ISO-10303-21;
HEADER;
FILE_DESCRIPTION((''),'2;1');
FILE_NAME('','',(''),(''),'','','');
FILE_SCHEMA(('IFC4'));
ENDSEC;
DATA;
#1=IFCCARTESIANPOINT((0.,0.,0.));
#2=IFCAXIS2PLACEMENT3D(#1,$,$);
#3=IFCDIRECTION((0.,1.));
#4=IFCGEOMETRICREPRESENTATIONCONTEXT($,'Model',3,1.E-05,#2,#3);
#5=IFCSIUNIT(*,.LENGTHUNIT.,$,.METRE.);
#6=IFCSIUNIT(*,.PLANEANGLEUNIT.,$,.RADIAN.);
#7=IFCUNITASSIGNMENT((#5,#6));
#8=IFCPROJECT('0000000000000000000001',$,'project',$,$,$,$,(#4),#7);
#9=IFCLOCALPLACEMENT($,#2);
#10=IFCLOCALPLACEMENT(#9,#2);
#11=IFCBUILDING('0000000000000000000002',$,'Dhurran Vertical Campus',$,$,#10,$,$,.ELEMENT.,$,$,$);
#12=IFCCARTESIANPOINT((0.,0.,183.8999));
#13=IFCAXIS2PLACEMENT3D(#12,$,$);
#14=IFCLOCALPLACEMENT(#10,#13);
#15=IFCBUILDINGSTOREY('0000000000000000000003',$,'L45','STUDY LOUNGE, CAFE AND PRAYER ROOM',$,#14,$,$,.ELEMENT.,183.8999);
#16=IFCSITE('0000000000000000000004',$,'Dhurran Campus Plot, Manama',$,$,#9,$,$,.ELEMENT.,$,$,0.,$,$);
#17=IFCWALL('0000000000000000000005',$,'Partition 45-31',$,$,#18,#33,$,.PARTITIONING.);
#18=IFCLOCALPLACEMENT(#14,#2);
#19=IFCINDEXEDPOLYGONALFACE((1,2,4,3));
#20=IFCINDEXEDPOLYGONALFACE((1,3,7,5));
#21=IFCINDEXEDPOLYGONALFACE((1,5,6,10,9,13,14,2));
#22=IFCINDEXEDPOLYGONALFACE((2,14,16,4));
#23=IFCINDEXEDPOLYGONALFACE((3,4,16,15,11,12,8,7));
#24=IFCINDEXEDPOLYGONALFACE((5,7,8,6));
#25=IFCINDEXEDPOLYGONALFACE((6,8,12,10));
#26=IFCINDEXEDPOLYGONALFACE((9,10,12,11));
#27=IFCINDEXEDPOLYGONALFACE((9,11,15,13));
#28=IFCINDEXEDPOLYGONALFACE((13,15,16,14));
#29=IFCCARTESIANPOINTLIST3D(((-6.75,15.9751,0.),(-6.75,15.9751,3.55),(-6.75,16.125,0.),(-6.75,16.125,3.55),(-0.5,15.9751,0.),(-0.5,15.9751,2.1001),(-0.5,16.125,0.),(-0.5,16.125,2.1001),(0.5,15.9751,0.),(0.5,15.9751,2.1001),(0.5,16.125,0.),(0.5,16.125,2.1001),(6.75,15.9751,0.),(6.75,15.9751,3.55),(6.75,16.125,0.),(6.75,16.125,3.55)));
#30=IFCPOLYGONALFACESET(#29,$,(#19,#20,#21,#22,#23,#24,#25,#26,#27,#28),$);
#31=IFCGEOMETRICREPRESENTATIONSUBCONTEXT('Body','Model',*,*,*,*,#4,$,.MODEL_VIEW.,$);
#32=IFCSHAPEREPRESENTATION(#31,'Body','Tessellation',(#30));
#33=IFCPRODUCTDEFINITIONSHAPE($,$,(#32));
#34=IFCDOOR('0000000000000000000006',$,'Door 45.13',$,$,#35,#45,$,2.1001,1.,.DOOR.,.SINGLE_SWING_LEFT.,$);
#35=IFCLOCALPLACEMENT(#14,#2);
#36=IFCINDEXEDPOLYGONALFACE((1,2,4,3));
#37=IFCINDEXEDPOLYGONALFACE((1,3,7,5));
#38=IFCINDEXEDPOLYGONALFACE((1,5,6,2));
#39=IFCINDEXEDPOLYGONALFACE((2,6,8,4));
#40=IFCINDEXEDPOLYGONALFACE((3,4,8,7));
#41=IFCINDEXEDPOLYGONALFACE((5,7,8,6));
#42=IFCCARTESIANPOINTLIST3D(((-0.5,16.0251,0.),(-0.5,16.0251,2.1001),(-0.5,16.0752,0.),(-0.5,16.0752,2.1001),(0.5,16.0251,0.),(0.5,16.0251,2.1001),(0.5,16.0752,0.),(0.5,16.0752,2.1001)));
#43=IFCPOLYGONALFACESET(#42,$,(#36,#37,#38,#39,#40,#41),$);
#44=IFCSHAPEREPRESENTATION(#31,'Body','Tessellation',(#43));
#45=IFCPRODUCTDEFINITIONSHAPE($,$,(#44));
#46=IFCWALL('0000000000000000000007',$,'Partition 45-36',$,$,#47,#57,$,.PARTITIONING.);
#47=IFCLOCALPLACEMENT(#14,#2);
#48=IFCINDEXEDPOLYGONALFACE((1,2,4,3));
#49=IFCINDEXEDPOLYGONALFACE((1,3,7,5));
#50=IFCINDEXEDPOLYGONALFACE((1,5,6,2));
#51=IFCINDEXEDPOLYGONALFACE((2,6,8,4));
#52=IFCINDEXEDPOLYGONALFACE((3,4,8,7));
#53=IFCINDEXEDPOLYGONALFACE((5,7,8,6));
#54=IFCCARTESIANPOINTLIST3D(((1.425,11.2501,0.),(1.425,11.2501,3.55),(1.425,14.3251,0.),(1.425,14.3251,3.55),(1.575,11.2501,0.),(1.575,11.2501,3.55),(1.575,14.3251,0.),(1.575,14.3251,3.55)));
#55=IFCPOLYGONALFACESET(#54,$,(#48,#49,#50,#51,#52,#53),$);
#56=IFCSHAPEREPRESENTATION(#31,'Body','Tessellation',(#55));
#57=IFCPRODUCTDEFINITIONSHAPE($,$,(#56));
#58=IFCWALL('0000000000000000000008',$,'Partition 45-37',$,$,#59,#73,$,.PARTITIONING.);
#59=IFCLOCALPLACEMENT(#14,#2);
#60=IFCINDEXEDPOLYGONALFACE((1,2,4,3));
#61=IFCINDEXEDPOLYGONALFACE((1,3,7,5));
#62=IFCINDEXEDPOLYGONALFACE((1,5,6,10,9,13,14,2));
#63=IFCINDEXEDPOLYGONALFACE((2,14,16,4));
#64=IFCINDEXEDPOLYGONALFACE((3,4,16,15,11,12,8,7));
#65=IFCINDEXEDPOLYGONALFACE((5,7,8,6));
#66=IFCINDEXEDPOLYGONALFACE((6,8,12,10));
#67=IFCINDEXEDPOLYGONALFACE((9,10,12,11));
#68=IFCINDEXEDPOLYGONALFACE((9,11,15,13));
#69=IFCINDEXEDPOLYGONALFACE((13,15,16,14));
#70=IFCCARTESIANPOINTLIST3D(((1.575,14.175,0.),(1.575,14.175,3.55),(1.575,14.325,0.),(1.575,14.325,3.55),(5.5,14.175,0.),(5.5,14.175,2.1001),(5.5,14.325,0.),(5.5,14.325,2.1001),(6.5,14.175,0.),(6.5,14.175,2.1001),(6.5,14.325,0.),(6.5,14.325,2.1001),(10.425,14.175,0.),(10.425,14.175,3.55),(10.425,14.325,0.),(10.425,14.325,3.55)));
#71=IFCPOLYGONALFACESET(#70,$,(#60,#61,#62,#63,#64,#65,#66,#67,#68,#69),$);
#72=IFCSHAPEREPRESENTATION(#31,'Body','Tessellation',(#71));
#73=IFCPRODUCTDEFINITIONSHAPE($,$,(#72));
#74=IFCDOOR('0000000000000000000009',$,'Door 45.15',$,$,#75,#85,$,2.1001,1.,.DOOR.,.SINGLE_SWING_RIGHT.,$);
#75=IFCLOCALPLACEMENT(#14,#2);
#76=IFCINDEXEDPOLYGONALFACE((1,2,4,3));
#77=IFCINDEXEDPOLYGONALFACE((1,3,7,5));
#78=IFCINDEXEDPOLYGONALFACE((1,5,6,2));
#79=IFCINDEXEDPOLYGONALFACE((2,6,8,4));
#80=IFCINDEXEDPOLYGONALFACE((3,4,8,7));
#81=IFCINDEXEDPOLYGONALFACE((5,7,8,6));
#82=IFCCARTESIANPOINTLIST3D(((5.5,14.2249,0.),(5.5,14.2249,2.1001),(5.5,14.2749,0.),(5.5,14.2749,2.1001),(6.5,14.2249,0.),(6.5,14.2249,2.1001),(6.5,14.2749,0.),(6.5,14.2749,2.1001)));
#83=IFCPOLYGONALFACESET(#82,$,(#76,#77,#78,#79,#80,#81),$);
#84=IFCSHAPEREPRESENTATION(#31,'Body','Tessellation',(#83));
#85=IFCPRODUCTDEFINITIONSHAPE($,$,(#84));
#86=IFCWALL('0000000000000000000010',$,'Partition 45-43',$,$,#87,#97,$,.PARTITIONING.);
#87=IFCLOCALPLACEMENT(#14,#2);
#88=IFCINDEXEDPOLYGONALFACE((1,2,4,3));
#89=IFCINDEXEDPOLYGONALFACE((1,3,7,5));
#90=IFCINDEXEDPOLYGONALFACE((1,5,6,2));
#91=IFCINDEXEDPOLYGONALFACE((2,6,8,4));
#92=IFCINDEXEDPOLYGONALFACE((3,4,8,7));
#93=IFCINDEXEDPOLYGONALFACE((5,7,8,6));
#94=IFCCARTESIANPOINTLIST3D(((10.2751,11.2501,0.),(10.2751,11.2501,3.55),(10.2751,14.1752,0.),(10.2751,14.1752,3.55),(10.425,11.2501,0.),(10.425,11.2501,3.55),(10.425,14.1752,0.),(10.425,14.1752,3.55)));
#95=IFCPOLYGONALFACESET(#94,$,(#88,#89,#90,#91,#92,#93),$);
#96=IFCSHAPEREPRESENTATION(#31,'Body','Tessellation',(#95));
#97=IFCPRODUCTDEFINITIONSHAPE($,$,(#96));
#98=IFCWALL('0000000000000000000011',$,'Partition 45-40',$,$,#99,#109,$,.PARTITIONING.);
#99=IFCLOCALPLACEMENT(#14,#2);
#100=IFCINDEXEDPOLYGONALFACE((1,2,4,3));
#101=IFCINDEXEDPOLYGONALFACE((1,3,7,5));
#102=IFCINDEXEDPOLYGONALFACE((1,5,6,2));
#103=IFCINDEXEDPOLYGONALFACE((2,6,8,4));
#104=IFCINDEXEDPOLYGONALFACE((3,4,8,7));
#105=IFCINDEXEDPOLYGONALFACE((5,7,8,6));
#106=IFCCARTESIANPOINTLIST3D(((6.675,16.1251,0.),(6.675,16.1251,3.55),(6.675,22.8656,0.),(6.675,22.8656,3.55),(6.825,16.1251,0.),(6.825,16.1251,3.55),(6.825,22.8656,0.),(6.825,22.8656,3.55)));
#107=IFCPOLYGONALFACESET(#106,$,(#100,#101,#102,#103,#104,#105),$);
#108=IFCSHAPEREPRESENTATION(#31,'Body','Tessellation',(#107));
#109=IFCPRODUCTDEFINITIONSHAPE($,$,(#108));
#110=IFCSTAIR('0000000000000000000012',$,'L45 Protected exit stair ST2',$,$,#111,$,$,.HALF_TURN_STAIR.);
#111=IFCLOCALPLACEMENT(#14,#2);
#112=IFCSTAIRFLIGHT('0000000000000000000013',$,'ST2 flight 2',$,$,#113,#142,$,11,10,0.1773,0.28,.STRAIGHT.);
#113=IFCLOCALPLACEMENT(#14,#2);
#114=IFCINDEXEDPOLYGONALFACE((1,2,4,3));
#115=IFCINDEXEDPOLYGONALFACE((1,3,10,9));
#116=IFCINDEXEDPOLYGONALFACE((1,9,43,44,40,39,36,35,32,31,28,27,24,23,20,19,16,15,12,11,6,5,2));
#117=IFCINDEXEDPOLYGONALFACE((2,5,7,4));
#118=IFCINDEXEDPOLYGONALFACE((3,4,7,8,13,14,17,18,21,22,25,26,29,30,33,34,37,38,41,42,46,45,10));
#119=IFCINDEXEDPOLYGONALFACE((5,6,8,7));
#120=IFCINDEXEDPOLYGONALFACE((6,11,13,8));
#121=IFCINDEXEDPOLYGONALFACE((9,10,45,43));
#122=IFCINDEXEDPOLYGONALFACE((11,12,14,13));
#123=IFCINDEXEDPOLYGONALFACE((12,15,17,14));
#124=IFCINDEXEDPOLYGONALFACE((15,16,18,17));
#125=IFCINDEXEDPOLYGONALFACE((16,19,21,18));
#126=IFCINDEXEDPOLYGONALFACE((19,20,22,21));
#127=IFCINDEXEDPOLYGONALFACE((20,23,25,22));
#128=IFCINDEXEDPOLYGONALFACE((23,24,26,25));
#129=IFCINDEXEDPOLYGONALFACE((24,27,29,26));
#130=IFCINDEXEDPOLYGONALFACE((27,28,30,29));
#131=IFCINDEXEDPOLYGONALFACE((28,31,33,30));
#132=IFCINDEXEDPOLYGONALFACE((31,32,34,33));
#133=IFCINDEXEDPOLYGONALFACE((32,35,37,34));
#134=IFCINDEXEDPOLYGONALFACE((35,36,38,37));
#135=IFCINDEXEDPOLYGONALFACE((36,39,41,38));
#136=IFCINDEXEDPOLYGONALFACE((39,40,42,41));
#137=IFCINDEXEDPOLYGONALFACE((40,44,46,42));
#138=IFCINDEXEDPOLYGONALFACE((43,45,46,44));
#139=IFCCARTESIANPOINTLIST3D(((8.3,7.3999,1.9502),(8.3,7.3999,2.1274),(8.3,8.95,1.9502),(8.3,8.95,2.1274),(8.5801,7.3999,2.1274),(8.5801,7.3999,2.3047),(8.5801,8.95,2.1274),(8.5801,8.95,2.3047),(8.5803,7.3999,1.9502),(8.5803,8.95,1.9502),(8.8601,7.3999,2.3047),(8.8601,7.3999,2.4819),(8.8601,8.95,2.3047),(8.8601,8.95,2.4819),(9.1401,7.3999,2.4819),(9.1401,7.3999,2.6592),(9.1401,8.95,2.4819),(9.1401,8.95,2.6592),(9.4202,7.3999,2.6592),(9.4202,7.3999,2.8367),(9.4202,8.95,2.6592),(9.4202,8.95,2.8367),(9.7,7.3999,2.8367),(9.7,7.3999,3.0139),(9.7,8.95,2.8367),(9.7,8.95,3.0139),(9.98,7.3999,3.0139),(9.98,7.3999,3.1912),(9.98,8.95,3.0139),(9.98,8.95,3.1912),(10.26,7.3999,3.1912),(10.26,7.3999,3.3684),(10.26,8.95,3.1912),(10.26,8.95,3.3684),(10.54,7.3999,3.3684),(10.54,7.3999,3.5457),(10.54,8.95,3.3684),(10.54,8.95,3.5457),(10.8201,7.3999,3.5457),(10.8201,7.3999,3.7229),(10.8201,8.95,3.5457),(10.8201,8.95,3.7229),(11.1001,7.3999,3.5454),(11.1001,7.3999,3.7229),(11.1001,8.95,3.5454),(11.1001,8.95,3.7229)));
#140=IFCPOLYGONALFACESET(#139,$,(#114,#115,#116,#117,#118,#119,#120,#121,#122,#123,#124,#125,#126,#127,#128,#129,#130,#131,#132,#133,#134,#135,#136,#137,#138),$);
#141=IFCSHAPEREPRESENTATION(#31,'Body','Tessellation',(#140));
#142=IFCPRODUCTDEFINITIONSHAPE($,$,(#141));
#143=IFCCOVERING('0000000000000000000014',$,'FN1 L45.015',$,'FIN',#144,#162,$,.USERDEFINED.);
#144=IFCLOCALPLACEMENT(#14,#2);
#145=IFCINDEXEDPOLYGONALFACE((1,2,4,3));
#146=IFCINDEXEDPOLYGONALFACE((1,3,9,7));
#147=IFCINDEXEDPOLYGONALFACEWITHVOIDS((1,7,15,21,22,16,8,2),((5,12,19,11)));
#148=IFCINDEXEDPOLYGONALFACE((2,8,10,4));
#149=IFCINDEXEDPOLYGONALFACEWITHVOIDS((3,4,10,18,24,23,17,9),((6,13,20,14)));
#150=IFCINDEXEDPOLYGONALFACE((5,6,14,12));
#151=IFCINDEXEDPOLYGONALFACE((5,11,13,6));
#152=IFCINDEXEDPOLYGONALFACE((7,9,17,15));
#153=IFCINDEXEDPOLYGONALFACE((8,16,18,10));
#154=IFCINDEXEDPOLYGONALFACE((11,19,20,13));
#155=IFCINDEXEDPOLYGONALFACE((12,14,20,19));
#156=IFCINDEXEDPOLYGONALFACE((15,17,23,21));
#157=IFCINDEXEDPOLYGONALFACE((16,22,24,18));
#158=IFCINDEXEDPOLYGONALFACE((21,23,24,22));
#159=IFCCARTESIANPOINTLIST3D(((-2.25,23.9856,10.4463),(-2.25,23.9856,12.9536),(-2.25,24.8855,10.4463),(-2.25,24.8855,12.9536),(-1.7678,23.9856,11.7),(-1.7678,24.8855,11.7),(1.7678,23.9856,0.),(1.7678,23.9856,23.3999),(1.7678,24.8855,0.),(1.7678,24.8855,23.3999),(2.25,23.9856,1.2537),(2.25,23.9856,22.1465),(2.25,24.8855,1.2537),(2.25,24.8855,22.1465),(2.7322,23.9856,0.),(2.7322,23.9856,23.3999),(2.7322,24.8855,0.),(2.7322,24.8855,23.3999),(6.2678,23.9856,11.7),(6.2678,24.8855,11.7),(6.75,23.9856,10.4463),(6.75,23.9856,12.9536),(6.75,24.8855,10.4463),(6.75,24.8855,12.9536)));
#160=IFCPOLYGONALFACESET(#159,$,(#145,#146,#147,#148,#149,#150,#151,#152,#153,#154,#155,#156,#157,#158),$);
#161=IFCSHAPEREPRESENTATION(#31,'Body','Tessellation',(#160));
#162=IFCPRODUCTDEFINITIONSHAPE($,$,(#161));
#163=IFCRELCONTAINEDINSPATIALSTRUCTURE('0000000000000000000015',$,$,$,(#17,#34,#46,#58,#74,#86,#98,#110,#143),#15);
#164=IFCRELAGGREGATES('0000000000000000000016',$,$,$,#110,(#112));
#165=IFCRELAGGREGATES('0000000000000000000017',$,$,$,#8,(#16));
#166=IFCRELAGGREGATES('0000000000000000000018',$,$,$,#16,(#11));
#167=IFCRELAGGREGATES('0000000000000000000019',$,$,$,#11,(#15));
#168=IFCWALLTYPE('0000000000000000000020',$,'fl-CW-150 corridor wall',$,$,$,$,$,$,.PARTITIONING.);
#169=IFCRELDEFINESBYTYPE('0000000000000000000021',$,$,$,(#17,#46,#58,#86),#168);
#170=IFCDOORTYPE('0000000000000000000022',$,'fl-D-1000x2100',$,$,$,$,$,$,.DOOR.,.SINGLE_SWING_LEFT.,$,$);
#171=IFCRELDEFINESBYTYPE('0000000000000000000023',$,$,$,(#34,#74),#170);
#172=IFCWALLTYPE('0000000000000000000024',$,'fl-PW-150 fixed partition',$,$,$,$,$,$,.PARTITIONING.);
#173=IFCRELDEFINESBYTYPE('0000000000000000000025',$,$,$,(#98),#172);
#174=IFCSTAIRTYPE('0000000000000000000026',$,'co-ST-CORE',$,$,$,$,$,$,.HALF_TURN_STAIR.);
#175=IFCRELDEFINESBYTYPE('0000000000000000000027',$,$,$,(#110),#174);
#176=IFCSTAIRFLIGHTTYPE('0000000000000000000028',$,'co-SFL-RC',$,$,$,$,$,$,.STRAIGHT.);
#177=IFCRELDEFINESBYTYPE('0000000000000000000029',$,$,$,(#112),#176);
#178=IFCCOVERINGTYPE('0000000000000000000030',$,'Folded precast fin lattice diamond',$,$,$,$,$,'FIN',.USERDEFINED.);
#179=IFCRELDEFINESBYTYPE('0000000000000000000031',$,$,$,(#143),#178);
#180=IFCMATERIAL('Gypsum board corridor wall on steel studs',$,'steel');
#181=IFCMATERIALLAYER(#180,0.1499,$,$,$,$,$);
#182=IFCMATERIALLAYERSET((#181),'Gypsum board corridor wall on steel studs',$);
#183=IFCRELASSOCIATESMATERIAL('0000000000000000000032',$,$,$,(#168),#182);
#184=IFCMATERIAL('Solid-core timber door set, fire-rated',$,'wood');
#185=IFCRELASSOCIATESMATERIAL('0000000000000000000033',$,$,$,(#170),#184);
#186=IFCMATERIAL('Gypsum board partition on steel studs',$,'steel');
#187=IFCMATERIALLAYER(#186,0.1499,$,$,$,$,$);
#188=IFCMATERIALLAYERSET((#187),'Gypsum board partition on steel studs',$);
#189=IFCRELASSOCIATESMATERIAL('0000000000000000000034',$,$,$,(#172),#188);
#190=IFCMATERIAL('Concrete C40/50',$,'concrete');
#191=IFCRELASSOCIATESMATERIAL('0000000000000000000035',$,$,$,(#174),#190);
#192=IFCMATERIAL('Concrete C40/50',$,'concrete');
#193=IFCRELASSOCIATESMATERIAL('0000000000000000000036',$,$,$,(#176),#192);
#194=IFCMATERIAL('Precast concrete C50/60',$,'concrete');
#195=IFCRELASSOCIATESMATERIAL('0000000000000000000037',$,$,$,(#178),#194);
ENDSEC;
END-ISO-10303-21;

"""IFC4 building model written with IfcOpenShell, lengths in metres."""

from ifc_helpers import new_model, si_unit, direction, frame, frame_2d, origin, place, context, subcontext, project, spatial, polyline, rectangle, outline, extrude, material, layer, layer_set, type_object, element, fill, aggregate, save


model = new_model("IFC4")

# Units and contexts
model_context = context("Model", 3, precision=1e-05, world=origin(), true_north=direction((0.0, 1.0)))
body_context = subcontext(model_context, "Body", "Model", "MODEL_VIEW")
ifc_project = project(units=[si_unit("LENGTHUNIT", "METRE"), si_unit("PLANEANGLEUNIT", "RADIAN")], contexts=[model_context])

# Site, building, storey
site_placement = place(None, origin())
site = spatial("IfcSite", under=ifc_project, at=site_placement, Name="Dhurran Campus Plot, Manama", CompositionType="ELEMENT", RefElevation=0.0)
building_placement = place(site_placement, origin())
building = spatial("IfcBuilding", under=site, at=building_placement, Name="Dhurran Vertical Campus", CompositionType="ELEMENT")
storey_placement = place(building_placement, frame((0.0, 0.0, 183.8999)))
storey = spatial("IfcBuildingStorey", under=building, at=storey_placement, Name="L45", Description="STUDY LOUNGE, CAFE AND PRAYER ROOM", CompositionType="ELEMENT", Elevation=183.8999)

# Wall, opening, door
ifc_material_1 = material(Name="Gypsum board corridor wall on steel studs", Category="steel")
ifc_layer_1 = layer(ifc_material_1, 0.1499)
ifc_layer_set_1 = layer_set([ifc_layer_1], Name="Gypsum board corridor wall on steel studs")
wall_type_1 = type_object("IfcWallType", Name="fl-CW-150 corridor wall", PredefinedType="PARTITIONING", material=ifc_layer_set_1)
wall_1_placement = place(storey_placement, frame((6.75, 16.05, 0.0), z_axis=(0.0, 0.0, 1.0), x_axis=(-1.0, 0.0, 0.0)))
wall_1 = element("IfcWall", 1, at=wall_1_placement, inside=storey, type_object=wall_type_1, Name="Partition 45-31", PredefinedType="PARTITIONING", context=body_context, shape_type="SweptSolid", body=[
    extrude(rectangle(XDim=13.5, YDim=0.1499, at=frame_2d((6.75, 0.0))), origin(), (0.0, 0.0, 1.0), 3.55),
])
opening_1_placement = place(wall_1_placement, frame((6.25, 0.0, 0.0)))
opening_1 = element("IfcOpeningElement", 2, at=opening_1_placement, cuts=wall_1, PredefinedType="OPENING", context=body_context, shape_type="SweptSolid", body=[
    extrude(rectangle(XDim=1.0, YDim=2.1001, at=frame_2d((0.5, 1.05))), frame((0.0, 0.085, 0.0), z_axis=(0.0, -1.0, 0.0), x_axis=(1.0, 0.0, 0.0)), (0.0, 0.0, 1.0), 0.1699),
])
ifc_material_2 = material(Name="Solid-core timber door set, fire-rated", Category="wood")
door_type = type_object("IfcDoorType", Name="fl-D-1000x2100", OperationType="SINGLE_SWING_LEFT", PredefinedType="DOOR", material=ifc_material_2)
door_1_placement = place(opening_1_placement, origin())
door_1 = element("IfcDoor", 3, at=door_1_placement, inside=storey, type_object=door_type, Name="Door 45.13", OperationType="SINGLE_SWING_LEFT", OverallHeight=2.1001, OverallWidth=1.0, PredefinedType="DOOR", context=body_context, shape_type="SweptSolid", body=[
    extrude(rectangle(XDim=1.0, YDim=2.1001, at=frame_2d((0.5, 1.05))), frame((0.0, 0.0249, 0.0), z_axis=(0.0, -1.0, 0.0), x_axis=(1.0, 0.0, 0.0)), (0.0, 0.0, 1.0), 0.05),
])
fill(opening_1, door_1)

# Wall
wall_2_placement = place(storey_placement, frame((1.5, 11.25, 0.0), z_axis=(0.0, 0.0, 1.0), x_axis=(0.0, 1.0, 0.0)))
element("IfcWall", 4, at=wall_2_placement, inside=storey, type_object=wall_type_1, Name="Partition 45-36", PredefinedType="PARTITIONING", context=body_context, shape_type="SweptSolid", body=[
    extrude(rectangle(XDim=3.075, YDim=0.1499, at=frame_2d((1.5376, 0.0))), origin(), (0.0, 0.0, 1.0), 3.55),
])

# Wall, opening, door
wall_3_placement = place(storey_placement, frame((1.575, 14.25, 0.0), z_axis=(0.0, 0.0, 1.0), x_axis=(1.0, 0.0, 0.0)))
wall_3 = element("IfcWall", 5, at=wall_3_placement, inside=storey, type_object=wall_type_1, Name="Partition 45-37", PredefinedType="PARTITIONING", context=body_context, shape_type="SweptSolid", body=[
    extrude(rectangle(XDim=8.8501, YDim=0.1499, at=frame_2d((4.425, 0.0))), origin(), (0.0, 0.0, 1.0), 3.55),
])
opening_2_placement = place(wall_3_placement, frame((3.925, 0.0, 0.0)))
opening_2 = element("IfcOpeningElement", 6, at=opening_2_placement, cuts=wall_3, PredefinedType="OPENING", context=body_context, shape_type="SweptSolid", body=[
    extrude(rectangle(XDim=1.0, YDim=2.1001, at=frame_2d((0.5, 1.05))), frame((0.0, 0.085, 0.0), z_axis=(0.0, -1.0, 0.0), x_axis=(1.0, 0.0, 0.0)), (0.0, 0.0, 1.0), 0.1699),
])
door_2_placement = place(opening_2_placement, origin())
door_2 = element("IfcDoor", 7, at=door_2_placement, inside=storey, type_object=door_type, Name="Door 45.15", OperationType="SINGLE_SWING_RIGHT", OverallHeight=2.1001, OverallWidth=1.0, PredefinedType="DOOR", context=body_context, shape_type="SweptSolid", body=[
    extrude(rectangle(XDim=1.0, YDim=2.1001, at=frame_2d((0.5, 1.05))), frame((0.0, 0.0249, 0.0), z_axis=(0.0, -1.0, 0.0), x_axis=(1.0, 0.0, 0.0)), (0.0, 0.0, 1.0), 0.05),
])
fill(opening_2, door_2)

# Walls
wall_4_placement = place(storey_placement, frame((10.3501, 14.175, 0.0), z_axis=(0.0, 0.0, 1.0), x_axis=(0.0, -1.0, 0.0)))
element("IfcWall", 8, at=wall_4_placement, inside=storey, type_object=wall_type_1, Name="Partition 45-43", PredefinedType="PARTITIONING", context=body_context, shape_type="SweptSolid", body=[
    extrude(rectangle(XDim=2.925, YDim=0.1499, at=frame_2d((1.4624, 0.0))), origin(), (0.0, 0.0, 1.0), 3.55),
])
ifc_material_3 = material(Name="Gypsum board partition on steel studs", Category="steel")
ifc_layer_2 = layer(ifc_material_3, 0.1499)
ifc_layer_set_2 = layer_set([ifc_layer_2], Name="Gypsum board partition on steel studs")
wall_type_2 = type_object("IfcWallType", Name="fl-PW-150 fixed partition", PredefinedType="PARTITIONING", material=ifc_layer_set_2)
wall_5_placement = place(storey_placement, frame((6.75, 22.8655, 0.0), z_axis=(0.0, 0.0, 1.0), x_axis=(0.0, -1.0, 0.0)))
element("IfcWall", 9, at=wall_5_placement, inside=storey, type_object=wall_type_2, Name="Partition 45-40", PredefinedType="PARTITIONING", context=body_context, shape_type="SweptSolid", body=[
    extrude(rectangle(XDim=6.7405, YDim=0.1499, at=frame_2d((3.3701, 0.0))), origin(), (0.0, 0.0, 1.0), 3.55),
])

# Stair, stair flight
ifc_material_4 = material(Name="Concrete C40/50", Category="concrete")
stair_type = type_object("IfcStairType", Name="co-ST-CORE", PredefinedType="HALF_TURN_STAIR", material=ifc_material_4)
stair_placement = place(storey_placement, origin())
stair = element("IfcStair", 10, at=stair_placement, inside=storey, type_object=stair_type, Name="L45 Protected exit stair ST2", PredefinedType="HALF_TURN_STAIR")
ifc_material_5 = material(Name="Concrete C40/50", Category="concrete")
stair_flight_type = type_object("IfcStairFlightType", Name="co-SFL-RC", PredefinedType="STRAIGHT", material=ifc_material_5)
stair_flight_placement = place(storey_placement, frame((8.3, 8.175, 1.9502), z_axis=(0.0, 0.0, 1.0), x_axis=(1.0, 0.0, 0.0)))
stair_flight = element("IfcStairFlight", 11, at=stair_flight_placement, type_object=stair_flight_type, Name="ST2 flight 2", NumberOfRisers=11, NumberOfTreads=10, PredefinedType="STRAIGHT", RiserHeight=0.1773, TreadLength=0.28, context=body_context, shape_type="SweptSolid", body=[
    extrude(outline(polyline([(0.0, 0.0), (0.0, 0.1772), (0.28, 0.1772), (0.28, 0.3545), (0.5601, 0.3545), (0.5601, 0.5317), (0.8401, 0.5317), (0.8401, 0.709), (1.1201, 0.709), (1.1201, 0.8865), (1.3999, 0.8865), (1.3999, 1.0637), (1.6799, 1.0637), (1.6799, 1.241), (1.96, 1.241), (1.96, 1.4182), (2.24, 1.4182), (2.24, 1.5955), (2.52, 1.5955), (2.52, 1.7727), (2.8, 1.7727), (2.8, 1.95), (2.8, 1.5952), (0.2803, 0.0), (0.0, 0.0)])), frame((0.0, 0.7749, 0.0), z_axis=(0.0, -1.0, 0.0), x_axis=(1.0, 0.0, 0.0)), (0.0, 0.0, 1.0), 1.55),
])
aggregate(stair, [stair_flight])

# Covering
ifc_material_6 = material(Name="Precast concrete C50/60", Category="concrete")
covering_type = type_object("IfcCoveringType", Name="Folded precast fin lattice diamond", ElementType="FIN", PredefinedType="USERDEFINED", material=ifc_material_6)
covering_placement = place(storey_placement, frame((6.75, 23.9856, 0.0), z_axis=(0.0, 1.0, 0.0), x_axis=(-1.0, 0.0, 0.0)))
element("IfcCovering", 12, at=covering_placement, inside=storey, type_object=covering_type, Name="FN1 L45.015", ObjectType="FIN", PredefinedType="USERDEFINED", context=body_context, shape_type="SweptSolid", body=[
    extrude(outline(polyline([(9.0, 12.9536), (9.0, 10.4463), (4.9822, 0.0), (4.0178, 0.0), (0.0, 10.4463), (0.0, 12.9536), (4.0178, 23.3999), (4.9822, 23.3999), (9.0, 12.9536)]), holes=[polyline([(8.5178, 11.7), (4.5, 22.1465), (0.4822, 11.7), (4.5, 1.2537), (8.5178, 11.7)])]), origin(), (0.0, 0.0, 1.0), 0.8999),
])

save(model, "model.ifc")
